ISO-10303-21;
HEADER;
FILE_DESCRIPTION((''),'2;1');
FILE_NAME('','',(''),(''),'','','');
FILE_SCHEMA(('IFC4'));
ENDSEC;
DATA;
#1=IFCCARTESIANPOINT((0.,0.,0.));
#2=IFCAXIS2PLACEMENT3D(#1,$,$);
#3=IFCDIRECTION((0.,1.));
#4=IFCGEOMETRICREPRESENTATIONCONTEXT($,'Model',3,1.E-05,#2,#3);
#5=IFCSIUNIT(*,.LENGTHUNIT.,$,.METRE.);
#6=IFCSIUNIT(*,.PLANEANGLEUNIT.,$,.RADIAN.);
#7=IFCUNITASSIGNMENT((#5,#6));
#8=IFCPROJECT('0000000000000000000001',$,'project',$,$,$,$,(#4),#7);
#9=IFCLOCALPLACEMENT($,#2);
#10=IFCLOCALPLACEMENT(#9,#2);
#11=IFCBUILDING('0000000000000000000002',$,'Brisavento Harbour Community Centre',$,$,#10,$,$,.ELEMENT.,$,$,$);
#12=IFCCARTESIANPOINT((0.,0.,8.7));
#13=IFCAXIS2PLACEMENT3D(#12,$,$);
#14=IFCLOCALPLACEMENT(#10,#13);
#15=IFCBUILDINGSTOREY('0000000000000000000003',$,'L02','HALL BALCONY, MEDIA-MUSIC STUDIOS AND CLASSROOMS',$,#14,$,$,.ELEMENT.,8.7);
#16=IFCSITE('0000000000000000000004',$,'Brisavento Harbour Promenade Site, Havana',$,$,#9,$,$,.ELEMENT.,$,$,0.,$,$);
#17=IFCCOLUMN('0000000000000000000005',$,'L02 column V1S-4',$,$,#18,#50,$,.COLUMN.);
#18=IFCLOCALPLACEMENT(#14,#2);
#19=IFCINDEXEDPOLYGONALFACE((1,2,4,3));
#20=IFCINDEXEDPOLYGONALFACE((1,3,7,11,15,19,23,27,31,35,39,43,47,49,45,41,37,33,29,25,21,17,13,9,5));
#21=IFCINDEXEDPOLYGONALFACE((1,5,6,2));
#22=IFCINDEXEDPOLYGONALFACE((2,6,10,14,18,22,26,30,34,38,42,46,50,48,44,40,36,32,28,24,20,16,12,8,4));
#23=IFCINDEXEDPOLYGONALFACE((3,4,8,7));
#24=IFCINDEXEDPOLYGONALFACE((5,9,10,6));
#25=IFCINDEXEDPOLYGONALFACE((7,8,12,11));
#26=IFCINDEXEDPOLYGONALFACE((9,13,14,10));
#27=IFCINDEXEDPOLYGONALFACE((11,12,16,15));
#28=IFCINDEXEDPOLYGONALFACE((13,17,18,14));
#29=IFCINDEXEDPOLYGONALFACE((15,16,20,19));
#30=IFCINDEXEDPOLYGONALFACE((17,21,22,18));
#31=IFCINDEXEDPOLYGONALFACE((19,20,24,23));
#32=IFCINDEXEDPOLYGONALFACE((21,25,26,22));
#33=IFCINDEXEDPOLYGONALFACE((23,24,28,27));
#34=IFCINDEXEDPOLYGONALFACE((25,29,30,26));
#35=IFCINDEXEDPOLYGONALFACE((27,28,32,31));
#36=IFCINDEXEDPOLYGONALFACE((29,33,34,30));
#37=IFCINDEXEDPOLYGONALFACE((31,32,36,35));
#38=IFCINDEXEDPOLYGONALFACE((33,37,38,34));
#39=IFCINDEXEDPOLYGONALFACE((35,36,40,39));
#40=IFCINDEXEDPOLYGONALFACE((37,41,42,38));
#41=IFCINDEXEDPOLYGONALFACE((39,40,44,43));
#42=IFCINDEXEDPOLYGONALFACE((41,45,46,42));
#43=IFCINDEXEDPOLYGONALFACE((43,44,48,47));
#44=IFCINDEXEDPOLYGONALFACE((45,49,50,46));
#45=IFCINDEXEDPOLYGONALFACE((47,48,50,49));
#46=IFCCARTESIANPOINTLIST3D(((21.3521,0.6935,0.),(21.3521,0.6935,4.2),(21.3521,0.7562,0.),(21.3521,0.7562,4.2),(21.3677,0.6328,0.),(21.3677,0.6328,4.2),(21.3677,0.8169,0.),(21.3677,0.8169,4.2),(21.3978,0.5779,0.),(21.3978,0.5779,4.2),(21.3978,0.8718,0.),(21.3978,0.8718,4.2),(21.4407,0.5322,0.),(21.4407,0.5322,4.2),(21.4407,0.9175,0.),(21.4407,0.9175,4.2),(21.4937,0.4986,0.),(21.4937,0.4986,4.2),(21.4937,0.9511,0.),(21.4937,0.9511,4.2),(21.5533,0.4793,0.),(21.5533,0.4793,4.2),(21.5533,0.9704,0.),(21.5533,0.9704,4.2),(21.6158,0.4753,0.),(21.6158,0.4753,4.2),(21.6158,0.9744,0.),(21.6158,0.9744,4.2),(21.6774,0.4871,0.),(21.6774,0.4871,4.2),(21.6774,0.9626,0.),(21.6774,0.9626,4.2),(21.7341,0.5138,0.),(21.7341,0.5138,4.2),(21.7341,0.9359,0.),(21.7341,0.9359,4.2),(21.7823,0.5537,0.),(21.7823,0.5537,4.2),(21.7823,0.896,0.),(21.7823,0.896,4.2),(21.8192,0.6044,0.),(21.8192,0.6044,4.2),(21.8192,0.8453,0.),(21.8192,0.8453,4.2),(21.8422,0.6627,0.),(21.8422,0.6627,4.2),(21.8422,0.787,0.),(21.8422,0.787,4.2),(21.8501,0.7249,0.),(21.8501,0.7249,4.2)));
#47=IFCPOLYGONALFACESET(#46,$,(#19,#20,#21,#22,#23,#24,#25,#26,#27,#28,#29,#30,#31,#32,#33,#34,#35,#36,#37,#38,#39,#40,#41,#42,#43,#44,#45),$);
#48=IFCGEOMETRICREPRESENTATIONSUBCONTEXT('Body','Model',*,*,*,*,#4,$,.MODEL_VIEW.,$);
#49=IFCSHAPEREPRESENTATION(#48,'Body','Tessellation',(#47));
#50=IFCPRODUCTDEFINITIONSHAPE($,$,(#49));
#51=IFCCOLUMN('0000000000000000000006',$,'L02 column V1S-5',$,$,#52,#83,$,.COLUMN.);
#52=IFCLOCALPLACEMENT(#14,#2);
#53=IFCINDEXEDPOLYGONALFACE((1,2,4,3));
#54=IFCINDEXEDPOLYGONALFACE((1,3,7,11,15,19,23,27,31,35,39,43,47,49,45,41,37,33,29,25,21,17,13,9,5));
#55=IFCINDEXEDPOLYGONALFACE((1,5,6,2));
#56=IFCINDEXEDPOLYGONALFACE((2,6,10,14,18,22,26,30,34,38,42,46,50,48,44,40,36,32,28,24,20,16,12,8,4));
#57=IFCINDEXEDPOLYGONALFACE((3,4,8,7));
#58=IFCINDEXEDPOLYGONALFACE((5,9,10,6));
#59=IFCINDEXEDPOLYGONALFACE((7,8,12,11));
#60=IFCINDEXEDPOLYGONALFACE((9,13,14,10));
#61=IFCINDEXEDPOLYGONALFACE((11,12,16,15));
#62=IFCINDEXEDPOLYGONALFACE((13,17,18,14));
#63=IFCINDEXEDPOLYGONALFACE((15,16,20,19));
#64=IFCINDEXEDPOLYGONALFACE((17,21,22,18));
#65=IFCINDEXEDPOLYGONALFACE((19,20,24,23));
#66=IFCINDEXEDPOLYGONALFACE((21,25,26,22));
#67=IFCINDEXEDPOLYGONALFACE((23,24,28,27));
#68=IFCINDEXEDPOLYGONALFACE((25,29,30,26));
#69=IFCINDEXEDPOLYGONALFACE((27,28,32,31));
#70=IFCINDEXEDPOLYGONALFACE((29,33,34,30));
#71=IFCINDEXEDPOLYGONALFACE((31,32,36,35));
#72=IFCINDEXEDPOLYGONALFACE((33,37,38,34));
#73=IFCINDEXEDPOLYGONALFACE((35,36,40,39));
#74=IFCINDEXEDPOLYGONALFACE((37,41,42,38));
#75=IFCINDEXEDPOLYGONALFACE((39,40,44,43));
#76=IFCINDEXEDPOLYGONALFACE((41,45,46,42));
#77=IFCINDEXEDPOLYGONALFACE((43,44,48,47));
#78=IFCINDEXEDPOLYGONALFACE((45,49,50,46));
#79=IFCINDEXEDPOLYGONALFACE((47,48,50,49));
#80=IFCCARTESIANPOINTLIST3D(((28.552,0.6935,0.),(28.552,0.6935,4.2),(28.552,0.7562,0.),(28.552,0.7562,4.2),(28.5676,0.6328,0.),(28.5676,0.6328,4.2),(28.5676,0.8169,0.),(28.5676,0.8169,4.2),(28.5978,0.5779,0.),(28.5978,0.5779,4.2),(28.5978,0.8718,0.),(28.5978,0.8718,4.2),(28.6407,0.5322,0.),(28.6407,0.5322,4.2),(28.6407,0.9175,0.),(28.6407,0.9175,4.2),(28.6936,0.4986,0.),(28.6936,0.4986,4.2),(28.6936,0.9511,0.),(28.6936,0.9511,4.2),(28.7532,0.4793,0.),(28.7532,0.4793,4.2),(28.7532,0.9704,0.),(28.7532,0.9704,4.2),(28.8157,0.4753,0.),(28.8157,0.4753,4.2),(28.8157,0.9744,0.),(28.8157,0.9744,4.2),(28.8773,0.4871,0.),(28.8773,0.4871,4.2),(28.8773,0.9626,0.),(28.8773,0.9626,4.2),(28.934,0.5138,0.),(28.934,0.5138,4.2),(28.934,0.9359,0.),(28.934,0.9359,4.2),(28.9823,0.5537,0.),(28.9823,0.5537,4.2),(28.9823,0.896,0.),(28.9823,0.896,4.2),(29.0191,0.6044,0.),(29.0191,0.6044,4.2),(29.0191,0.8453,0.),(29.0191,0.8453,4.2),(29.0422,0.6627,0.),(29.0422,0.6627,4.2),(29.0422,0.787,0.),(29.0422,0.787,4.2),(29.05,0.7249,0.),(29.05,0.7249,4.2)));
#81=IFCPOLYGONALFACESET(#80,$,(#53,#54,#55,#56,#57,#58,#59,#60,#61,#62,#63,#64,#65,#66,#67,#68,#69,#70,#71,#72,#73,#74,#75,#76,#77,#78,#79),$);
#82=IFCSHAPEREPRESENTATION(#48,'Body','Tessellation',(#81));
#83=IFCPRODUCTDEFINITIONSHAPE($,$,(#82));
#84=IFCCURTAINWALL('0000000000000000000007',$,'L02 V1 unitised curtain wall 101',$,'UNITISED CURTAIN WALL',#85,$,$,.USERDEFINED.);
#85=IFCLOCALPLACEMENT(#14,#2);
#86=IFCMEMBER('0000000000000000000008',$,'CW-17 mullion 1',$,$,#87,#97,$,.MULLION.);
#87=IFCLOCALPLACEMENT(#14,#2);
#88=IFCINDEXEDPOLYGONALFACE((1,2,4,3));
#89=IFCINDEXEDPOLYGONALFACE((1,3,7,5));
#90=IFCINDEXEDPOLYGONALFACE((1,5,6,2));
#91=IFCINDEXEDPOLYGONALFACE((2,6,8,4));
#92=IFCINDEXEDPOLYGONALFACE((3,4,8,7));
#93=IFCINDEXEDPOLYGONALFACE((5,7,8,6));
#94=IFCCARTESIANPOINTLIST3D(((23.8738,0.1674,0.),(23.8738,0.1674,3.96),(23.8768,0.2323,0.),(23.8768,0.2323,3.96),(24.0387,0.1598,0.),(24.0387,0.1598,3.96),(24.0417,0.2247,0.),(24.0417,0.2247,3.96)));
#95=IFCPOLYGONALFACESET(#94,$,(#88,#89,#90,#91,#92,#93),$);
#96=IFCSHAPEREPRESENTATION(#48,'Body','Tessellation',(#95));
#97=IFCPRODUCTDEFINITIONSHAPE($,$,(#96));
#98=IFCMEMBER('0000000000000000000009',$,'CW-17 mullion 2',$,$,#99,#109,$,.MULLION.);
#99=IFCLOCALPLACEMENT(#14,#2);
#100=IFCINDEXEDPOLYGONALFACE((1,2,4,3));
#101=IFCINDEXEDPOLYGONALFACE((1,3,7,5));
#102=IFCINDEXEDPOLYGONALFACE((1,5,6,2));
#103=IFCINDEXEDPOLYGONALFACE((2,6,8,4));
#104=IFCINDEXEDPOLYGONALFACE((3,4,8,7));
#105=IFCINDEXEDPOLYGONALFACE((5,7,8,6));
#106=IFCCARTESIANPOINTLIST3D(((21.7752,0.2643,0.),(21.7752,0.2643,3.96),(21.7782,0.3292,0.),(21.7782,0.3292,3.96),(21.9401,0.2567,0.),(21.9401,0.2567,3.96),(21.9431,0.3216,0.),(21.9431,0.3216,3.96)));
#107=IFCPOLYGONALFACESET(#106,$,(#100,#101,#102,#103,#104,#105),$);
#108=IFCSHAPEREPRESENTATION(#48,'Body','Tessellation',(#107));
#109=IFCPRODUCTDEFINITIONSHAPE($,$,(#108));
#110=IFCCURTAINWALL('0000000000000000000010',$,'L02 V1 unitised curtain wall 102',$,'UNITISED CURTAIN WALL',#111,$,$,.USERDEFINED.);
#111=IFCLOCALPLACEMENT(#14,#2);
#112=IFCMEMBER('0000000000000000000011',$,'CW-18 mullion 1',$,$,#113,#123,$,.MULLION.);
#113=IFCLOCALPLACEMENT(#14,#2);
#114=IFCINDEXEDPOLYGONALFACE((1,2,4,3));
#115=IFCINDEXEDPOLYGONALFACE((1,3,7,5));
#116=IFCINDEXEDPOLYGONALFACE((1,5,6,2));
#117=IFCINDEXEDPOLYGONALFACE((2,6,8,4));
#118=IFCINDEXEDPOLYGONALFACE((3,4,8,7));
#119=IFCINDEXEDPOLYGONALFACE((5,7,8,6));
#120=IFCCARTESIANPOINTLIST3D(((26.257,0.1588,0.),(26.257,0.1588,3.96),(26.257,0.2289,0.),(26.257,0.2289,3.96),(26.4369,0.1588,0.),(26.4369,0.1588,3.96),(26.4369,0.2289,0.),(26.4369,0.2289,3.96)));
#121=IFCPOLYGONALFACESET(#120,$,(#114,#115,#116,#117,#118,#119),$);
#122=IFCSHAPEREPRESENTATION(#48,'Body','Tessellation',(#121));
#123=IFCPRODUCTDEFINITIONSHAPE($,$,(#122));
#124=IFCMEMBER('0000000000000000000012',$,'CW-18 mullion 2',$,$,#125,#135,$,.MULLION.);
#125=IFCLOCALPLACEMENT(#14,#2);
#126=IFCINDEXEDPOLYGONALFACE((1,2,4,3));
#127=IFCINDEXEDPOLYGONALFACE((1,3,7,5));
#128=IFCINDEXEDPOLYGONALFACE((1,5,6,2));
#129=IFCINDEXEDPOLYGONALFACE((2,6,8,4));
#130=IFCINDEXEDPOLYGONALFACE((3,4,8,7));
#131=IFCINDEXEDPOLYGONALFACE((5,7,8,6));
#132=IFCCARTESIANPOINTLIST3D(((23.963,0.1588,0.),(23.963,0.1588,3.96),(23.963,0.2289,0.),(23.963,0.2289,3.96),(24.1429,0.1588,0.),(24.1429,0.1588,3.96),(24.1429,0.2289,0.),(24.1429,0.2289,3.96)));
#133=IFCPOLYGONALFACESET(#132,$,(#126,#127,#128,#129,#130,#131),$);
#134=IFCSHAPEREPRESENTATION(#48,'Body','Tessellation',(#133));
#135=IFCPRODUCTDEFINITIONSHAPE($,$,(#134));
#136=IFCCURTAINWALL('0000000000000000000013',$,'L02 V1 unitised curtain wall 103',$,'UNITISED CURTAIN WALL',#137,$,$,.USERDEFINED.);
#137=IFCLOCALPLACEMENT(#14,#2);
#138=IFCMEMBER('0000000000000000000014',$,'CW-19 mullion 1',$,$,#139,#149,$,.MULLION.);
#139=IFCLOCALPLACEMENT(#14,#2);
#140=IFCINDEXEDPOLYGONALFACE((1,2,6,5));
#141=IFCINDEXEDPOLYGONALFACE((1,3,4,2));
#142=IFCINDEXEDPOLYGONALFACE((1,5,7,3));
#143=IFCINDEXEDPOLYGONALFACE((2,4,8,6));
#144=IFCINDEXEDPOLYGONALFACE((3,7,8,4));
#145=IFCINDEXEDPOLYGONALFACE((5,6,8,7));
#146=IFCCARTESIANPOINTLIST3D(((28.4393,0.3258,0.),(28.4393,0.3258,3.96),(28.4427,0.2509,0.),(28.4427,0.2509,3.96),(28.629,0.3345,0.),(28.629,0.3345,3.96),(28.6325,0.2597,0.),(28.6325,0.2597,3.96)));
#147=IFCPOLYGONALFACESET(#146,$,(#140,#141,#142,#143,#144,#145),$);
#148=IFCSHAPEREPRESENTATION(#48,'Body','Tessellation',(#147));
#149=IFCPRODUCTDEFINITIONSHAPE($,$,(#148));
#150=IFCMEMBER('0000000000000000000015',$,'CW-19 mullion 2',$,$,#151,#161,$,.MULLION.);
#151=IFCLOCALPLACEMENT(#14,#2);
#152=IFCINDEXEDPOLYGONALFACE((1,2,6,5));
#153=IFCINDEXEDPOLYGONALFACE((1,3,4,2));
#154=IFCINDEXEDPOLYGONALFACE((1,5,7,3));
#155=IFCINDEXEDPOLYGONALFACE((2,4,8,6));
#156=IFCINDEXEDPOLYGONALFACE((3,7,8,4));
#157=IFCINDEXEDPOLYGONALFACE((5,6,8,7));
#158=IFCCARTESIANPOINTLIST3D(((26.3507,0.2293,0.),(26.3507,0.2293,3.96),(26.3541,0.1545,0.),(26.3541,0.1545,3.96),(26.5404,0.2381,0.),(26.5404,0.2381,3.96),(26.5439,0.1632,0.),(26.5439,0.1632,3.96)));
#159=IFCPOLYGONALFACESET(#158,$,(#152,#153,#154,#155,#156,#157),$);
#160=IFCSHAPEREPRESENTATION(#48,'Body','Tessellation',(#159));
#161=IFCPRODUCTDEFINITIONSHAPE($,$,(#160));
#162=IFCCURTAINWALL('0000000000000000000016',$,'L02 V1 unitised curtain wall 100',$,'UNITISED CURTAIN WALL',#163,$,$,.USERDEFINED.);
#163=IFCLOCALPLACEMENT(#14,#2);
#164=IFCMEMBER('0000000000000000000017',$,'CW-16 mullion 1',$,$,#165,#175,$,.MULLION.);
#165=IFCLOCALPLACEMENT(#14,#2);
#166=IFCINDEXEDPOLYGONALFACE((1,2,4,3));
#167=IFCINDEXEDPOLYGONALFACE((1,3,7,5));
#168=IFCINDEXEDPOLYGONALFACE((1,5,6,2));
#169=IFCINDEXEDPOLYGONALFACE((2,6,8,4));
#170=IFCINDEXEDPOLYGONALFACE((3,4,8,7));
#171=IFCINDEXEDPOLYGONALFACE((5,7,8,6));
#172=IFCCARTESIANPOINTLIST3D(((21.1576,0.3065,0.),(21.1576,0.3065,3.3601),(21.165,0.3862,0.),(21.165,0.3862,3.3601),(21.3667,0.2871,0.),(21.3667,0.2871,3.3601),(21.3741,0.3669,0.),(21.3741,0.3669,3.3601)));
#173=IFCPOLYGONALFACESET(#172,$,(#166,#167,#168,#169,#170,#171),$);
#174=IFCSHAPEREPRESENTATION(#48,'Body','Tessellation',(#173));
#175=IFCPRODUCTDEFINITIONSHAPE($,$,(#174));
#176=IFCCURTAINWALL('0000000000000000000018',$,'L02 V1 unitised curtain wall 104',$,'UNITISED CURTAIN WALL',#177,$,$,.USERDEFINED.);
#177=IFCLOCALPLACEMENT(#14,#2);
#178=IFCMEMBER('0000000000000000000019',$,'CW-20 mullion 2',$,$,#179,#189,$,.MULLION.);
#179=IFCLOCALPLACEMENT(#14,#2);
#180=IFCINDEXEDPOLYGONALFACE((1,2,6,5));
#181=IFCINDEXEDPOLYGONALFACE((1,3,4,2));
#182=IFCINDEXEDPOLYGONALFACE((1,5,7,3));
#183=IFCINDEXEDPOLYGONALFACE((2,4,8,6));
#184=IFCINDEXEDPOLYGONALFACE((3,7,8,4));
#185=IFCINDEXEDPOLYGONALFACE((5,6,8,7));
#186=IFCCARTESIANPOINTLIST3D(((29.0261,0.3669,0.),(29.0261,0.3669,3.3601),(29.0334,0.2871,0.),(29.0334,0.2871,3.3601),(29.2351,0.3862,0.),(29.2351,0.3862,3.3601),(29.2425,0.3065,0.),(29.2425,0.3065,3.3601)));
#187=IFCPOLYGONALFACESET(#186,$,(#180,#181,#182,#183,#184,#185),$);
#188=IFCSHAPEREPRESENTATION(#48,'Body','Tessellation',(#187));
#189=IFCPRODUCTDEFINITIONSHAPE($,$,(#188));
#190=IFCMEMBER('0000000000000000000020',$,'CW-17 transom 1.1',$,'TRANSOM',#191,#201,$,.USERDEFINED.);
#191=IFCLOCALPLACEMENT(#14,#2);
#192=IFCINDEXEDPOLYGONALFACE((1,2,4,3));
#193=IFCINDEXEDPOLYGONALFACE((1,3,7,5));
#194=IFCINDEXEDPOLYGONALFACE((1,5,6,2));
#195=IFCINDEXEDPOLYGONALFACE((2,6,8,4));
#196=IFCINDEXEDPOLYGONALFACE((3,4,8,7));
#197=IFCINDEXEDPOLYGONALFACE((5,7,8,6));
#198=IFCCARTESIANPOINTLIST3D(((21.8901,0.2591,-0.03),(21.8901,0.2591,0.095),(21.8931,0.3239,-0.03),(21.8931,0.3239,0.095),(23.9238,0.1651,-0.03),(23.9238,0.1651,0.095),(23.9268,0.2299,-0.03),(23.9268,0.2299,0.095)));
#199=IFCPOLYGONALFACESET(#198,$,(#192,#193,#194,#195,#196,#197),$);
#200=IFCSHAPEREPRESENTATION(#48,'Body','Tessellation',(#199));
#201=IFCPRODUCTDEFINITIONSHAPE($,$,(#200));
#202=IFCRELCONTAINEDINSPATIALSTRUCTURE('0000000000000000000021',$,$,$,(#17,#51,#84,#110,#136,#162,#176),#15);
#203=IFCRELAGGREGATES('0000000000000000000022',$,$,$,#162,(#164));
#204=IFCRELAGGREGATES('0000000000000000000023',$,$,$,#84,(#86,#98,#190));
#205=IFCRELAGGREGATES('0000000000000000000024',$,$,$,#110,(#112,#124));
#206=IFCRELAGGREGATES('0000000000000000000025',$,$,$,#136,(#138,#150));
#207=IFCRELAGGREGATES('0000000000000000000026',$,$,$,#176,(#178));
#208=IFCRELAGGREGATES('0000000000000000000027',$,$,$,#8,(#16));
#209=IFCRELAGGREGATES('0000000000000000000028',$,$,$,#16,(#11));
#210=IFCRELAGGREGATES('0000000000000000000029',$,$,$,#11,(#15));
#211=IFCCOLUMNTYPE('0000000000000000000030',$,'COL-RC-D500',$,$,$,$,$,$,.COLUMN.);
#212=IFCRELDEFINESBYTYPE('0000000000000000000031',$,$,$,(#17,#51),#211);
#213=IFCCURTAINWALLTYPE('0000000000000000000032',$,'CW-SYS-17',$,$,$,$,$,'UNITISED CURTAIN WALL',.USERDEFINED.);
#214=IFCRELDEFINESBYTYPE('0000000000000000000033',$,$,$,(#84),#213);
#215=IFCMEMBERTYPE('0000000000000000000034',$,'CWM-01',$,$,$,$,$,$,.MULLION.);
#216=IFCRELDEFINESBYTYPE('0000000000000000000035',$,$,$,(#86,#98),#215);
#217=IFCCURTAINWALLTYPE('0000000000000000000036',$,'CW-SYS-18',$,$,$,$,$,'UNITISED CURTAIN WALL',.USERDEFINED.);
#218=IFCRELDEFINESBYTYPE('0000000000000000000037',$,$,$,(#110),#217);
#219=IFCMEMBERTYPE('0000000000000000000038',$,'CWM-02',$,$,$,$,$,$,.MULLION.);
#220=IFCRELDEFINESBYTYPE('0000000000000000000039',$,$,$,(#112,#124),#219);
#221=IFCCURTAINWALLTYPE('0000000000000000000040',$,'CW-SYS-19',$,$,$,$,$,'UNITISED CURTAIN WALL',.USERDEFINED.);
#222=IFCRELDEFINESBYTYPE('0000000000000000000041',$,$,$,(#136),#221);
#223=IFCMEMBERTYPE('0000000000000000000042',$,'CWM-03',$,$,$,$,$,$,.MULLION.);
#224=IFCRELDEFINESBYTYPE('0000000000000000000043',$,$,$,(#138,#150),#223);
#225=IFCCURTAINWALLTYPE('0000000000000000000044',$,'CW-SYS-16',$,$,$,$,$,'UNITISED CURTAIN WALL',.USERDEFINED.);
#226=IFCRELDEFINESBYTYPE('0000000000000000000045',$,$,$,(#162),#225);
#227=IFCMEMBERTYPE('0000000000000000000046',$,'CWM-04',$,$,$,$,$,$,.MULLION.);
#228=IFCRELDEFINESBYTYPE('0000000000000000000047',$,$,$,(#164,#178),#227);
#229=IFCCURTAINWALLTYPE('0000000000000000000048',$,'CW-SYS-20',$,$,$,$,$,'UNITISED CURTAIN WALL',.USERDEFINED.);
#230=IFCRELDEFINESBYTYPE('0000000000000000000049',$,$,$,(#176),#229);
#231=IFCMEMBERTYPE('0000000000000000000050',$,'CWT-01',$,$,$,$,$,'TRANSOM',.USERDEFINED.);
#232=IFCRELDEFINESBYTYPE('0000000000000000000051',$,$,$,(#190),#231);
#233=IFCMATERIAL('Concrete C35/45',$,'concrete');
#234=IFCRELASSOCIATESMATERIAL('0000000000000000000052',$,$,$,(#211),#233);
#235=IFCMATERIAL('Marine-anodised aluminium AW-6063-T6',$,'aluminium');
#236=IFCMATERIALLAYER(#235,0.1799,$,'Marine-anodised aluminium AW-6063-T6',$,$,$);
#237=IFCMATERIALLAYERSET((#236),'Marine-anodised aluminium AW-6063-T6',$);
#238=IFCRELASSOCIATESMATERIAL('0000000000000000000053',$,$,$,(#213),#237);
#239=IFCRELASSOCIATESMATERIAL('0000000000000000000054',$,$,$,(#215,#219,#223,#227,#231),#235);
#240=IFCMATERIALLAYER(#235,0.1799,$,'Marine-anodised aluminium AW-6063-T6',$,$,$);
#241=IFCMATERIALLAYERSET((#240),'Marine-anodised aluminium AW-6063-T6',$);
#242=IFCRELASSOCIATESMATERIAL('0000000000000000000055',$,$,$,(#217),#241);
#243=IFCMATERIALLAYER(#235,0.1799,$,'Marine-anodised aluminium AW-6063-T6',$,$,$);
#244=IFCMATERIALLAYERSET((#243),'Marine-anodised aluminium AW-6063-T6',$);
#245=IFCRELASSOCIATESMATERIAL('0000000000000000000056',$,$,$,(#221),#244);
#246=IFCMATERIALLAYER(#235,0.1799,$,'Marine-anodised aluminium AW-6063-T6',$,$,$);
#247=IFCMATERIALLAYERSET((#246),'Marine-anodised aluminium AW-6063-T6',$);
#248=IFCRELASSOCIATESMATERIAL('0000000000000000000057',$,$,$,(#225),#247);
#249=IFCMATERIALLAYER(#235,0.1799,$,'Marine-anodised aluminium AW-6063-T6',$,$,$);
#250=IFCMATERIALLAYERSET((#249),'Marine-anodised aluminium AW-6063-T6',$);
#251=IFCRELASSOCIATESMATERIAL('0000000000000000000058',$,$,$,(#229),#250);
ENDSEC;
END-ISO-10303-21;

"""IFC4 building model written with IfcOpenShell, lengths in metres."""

from ifc_helpers import new_model, si_unit, direction, frame, origin, origin_2d, place, context, subcontext, project, spatial, rectangle, circle, extrude, material, layer, layer_set, material_profile, profile_set, type_object, element, aggregate, save


model = new_model("IFC4")

# Units and contexts
model_context = context("Model", 3, precision=1e-05, world=origin(), true_north=direction((0.0, 1.0)))
body_context = subcontext(model_context, "Body", "Model", "MODEL_VIEW")
ifc_project = project(units=[si_unit("LENGTHUNIT", "METRE"), si_unit("PLANEANGLEUNIT", "RADIAN")], contexts=[model_context])

# Site, building, storey
site_placement = place(None, origin())
site = spatial("IfcSite", under=ifc_project, at=site_placement, Name="Brisavento Harbour Promenade Site, Havana", CompositionType="ELEMENT", RefElevation=0.0)
building_placement = place(site_placement, origin())
building = spatial("IfcBuilding", under=site, at=building_placement, Name="Brisavento Harbour Community Centre", CompositionType="ELEMENT")
storey_placement = place(building_placement, frame((0.0, 0.0, 8.7)))
storey = spatial("IfcBuildingStorey", under=building, at=storey_placement, Name="L02", Description="HALL BALCONY, MEDIA-MUSIC STUDIOS AND CLASSROOMS", CompositionType="ELEMENT", Elevation=8.7)

# Columns
ifc_material_1 = material(Name="Concrete C35/45", Category="concrete")
ifc_material_profile_1 = material_profile(ifc_material_1, circle(Radius=0.25, at=origin_2d()), Name="Concrete C35/45")
ifc_profile_set_1 = profile_set([ifc_material_profile_1], Name="Concrete C35/45")
column_type = type_object("IfcColumnType", Name="COL-RC-D500", PredefinedType="COLUMN", material=ifc_profile_set_1)
for number, where, z_axis, x_axis, name in (
    (1, (21.6001, 0.7249, 0.0), (0.0, 0.0, 1.0), (1.0, 0.0, 0.0), "L02 column V1S-4"),
    (2, (28.8, 0.7249, 0.0), (0.0, 0.0, 1.0), (1.0, 0.0, 0.0), "L02 column V1S-5"),
):
    element("IfcColumn", number, at=place(storey_placement, frame(where, z_axis=z_axis, x_axis=x_axis)), inside=storey, type_object=column_type, Name=name, PredefinedType="COLUMN", context=body_context, shape_type="SweptSolid", body=[
        extrude(circle(Radius=0.25, at=origin_2d()), origin(), (0.0, 0.0, 1.0), 4.2),
    ])

# Curtain walls, members
ifc_material_2 = material(Name="Marine-anodised aluminium AW-6063-T6", Category="aluminium")
ifc_layer_1 = layer(ifc_material_2, 0.1799, Name="Marine-anodised aluminium AW-6063-T6")
ifc_layer_set_1 = layer_set([ifc_layer_1], Name="Marine-anodised aluminium AW-6063-T6")
curtain_wall_type_1 = type_object("IfcCurtainWallType", Name="CW-SYS-17", ElementType="UNITISED CURTAIN WALL", PredefinedType="USERDEFINED", material=ifc_layer_set_1)
curtain_wall_1_placement = place(storey_placement, origin())
curtain_wall_1 = element("IfcCurtainWall", 3, at=curtain_wall_1_placement, inside=storey, type_object=curtain_wall_type_1, Name="L02 V1 unitised curtain wall 101", ObjectType="UNITISED CURTAIN WALL", PredefinedType="USERDEFINED")
ifc_material_profile_2 = material_profile(ifc_material_2, rectangle(XDim=0.0649, YDim=0.165, at=origin_2d()), Name="Marine-anodised aluminium AW-6063-T6")
ifc_profile_set_2 = profile_set([ifc_material_profile_2], Name="Marine-anodised aluminium AW-6063-T6")
member_type_1 = type_object("IfcMemberType", Name="CWM-01", PredefinedType="MULLION", material=ifc_profile_set_2)
member_1_placement = place(storey_placement, frame((23.9578, 0.196, 0.0), z_axis=(0.0, 0.0, 1.0), x_axis=(-0.046168, -0.998934, 0.0)))
member_1 = element("IfcMember", 4, at=member_1_placement, type_object=member_type_1, Name="CW-17 mullion 1", PredefinedType="MULLION", context=body_context, shape_type="SweptSolid", body=[
    extrude(rectangle(XDim=0.0649, YDim=0.165, at=origin_2d()), origin(), (0.0, 0.0, 1.0), 3.96),
])
member_2_placement = place(storey_placement, frame((21.8591, 0.293, 0.0), z_axis=(0.0, 0.0, 1.0), x_axis=(-0.046168, -0.998934, 0.0)))
member_2 = element("IfcMember", 5, at=member_2_placement, type_object=member_type_1, Name="CW-17 mullion 2", PredefinedType="MULLION", context=body_context, shape_type="SweptSolid", body=[
    extrude(rectangle(XDim=0.0649, YDim=0.165, at=origin_2d()), origin(), (0.0, 0.0, 1.0), 3.96),
])
ifc_layer_2 = layer(ifc_material_2, 0.1799, Name="Marine-anodised aluminium AW-6063-T6")
ifc_layer_set_2 = layer_set([ifc_layer_2], Name="Marine-anodised aluminium AW-6063-T6")
curtain_wall_type_2 = type_object("IfcCurtainWallType", Name="CW-SYS-18", ElementType="UNITISED CURTAIN WALL", PredefinedType="USERDEFINED", material=ifc_layer_set_2)
curtain_wall_2_placement = place(storey_placement, origin())
curtain_wall_2 = element("IfcCurtainWall", 6, at=curtain_wall_2_placement, inside=storey, type_object=curtain_wall_type_2, Name="L02 V1 unitised curtain wall 102", ObjectType="UNITISED CURTAIN WALL", PredefinedType="USERDEFINED")
ifc_material_profile_3 = material_profile(ifc_material_2, rectangle(XDim=0.0701, YDim=0.1799, at=origin_2d()), Name="Marine-anodised aluminium AW-6063-T6")
ifc_profile_set_3 = profile_set([ifc_material_profile_3], Name="Marine-anodised aluminium AW-6063-T6")
member_type_2 = type_object("IfcMemberType", Name="CWM-02", PredefinedType="MULLION", material=ifc_profile_set_3)
member_3_placement = place(storey_placement, frame((26.3469, 0.1938, 0.0), z_axis=(0.0, 0.0, 1.0), x_axis=(0.0, -1.0, 0.0)))
member_3 = element("IfcMember", 7, at=member_3_placement, type_object=member_type_2, Name="CW-18 mullion 1", PredefinedType="MULLION", context=body_context, shape_type="SweptSolid", body=[
    extrude(rectangle(XDim=0.0701, YDim=0.1799, at=origin_2d()), origin(), (0.0, 0.0, 1.0), 3.96),
])
member_4_placement = place(storey_placement, frame((24.053, 0.1938, 0.0), z_axis=(0.0, 0.0, 1.0), x_axis=(0.0, -1.0, 0.0)))
member_4 = element("IfcMember", 8, at=member_4_placement, type_object=member_type_2, Name="CW-18 mullion 2", PredefinedType="MULLION", context=body_context, shape_type="SweptSolid", body=[
    extrude(rectangle(XDim=0.0701, YDim=0.1799, at=origin_2d()), origin(), (0.0, 0.0, 1.0), 3.96),
])
ifc_layer_3 = layer(ifc_material_2, 0.1799, Name="Marine-anodised aluminium AW-6063-T6")
ifc_layer_set_3 = layer_set([ifc_layer_3], Name="Marine-anodised aluminium AW-6063-T6")
curtain_wall_type_3 = type_object("IfcCurtainWallType", Name="CW-SYS-19", ElementType="UNITISED CURTAIN WALL", PredefinedType="USERDEFINED", material=ifc_layer_set_3)
curtain_wall_3_placement = place(storey_placement, origin())
curtain_wall_3 = element("IfcCurtainWall", 9, at=curtain_wall_3_placement, inside=storey, type_object=curtain_wall_type_3, Name="L02 V1 unitised curtain wall 103", ObjectType="UNITISED CURTAIN WALL", PredefinedType="USERDEFINED")
ifc_material_profile_4 = material_profile(ifc_material_2, rectangle(XDim=0.075, YDim=0.1899, at=origin_2d()), Name="Marine-anodised aluminium AW-6063-T6")
ifc_profile_set_4 = profile_set([ifc_material_profile_4], Name="Marine-anodised aluminium AW-6063-T6")
member_type_3 = type_object("IfcMemberType", Name="CWM-03", PredefinedType="MULLION", material=ifc_profile_set_4)
member_5_placement = place(storey_placement, frame((28.5359, 0.2927, 0.0), z_axis=(0.0, 0.0, 1.0), x_axis=(0.046168, -0.998934, 0.0)))
member_5 = element("IfcMember", 10, at=member_5_placement, type_object=member_type_3, Name="CW-19 mullion 1", PredefinedType="MULLION", context=body_context, shape_type="SweptSolid", body=[
    extrude(rectangle(XDim=0.075, YDim=0.1899, at=origin_2d()), origin(), (0.0, 0.0, 1.0), 3.96),
])
member_6_placement = place(storey_placement, frame((26.4473, 0.1963, 0.0), z_axis=(0.0, 0.0, 1.0), x_axis=(0.046168, -0.998934, 0.0)))
member_6 = element("IfcMember", 11, at=member_6_placement, type_object=member_type_3, Name="CW-19 mullion 2", PredefinedType="MULLION", context=body_context, shape_type="SweptSolid", body=[
    extrude(rectangle(XDim=0.075, YDim=0.1899, at=origin_2d()), origin(), (0.0, 0.0, 1.0), 3.96),
])

# Curtain walls, members
ifc_layer_4 = layer(ifc_material_2, 0.1799, Name="Marine-anodised aluminium AW-6063-T6")
ifc_layer_set_4 = layer_set([ifc_layer_4], Name="Marine-anodised aluminium AW-6063-T6")
curtain_wall_type_4 = type_object("IfcCurtainWallType", Name="CW-SYS-16", ElementType="UNITISED CURTAIN WALL", PredefinedType="USERDEFINED", material=ifc_layer_set_4)
curtain_wall_4_placement = place(storey_placement, origin())
curtain_wall_4 = element("IfcCurtainWall", 12, at=curtain_wall_4_placement, inside=storey, type_object=curtain_wall_type_4, Name="L02 V1 unitised curtain wall 100", ObjectType="UNITISED CURTAIN WALL", PredefinedType="USERDEFINED")
ifc_material_profile_5 = material_profile(ifc_material_2, rectangle(XDim=0.0801, YDim=0.21, at=origin_2d()), Name="Marine-anodised aluminium AW-6063-T6")
ifc_profile_set_5 = profile_set([ifc_material_profile_5], Name="Marine-anodised aluminium AW-6063-T6")
member_type_4 = type_object("IfcMemberType", Name="CWM-04", PredefinedType="MULLION", material=ifc_profile_set_5)
member_7_placement = place(storey_placement, frame((21.2659, 0.3367, 0.0), z_axis=(0.0, 0.0, 1.0), x_axis=(-0.092261, -0.995735, 0.0)))
member_7 = element("IfcMember", 13, at=member_7_placement, type_object=member_type_4, Name="CW-16 mullion 1", PredefinedType="MULLION", context=body_context, shape_type="SweptSolid", body=[
    extrude(rectangle(XDim=0.0801, YDim=0.21, at=origin_2d()), origin(), (0.0, 0.0, 1.0), 3.3601),
])
ifc_layer_5 = layer(ifc_material_2, 0.1799, Name="Marine-anodised aluminium AW-6063-T6")
ifc_layer_set_5 = layer_set([ifc_layer_5], Name="Marine-anodised aluminium AW-6063-T6")
curtain_wall_type_5 = type_object("IfcCurtainWallType", Name="CW-SYS-20", ElementType="UNITISED CURTAIN WALL", PredefinedType="USERDEFINED", material=ifc_layer_set_5)
curtain_wall_5_placement = place(storey_placement, origin())
curtain_wall_5 = element("IfcCurtainWall", 14, at=curtain_wall_5_placement, inside=storey, type_object=curtain_wall_type_5, Name="L02 V1 unitised curtain wall 104", ObjectType="UNITISED CURTAIN WALL", PredefinedType="USERDEFINED")
member_8_placement = place(storey_placement, frame((29.1343, 0.3367, 0.0), z_axis=(0.0, 0.0, 1.0), x_axis=(0.092261, -0.995735, 0.0)))
member_8 = element("IfcMember", 15, at=member_8_placement, type_object=member_type_4, Name="CW-20 mullion 2", PredefinedType="MULLION", context=body_context, shape_type="SweptSolid", body=[
    extrude(rectangle(XDim=0.0801, YDim=0.21, at=origin_2d()), origin(), (0.0, 0.0, 1.0), 3.3601),
])

# Member
ifc_material_profile_6 = material_profile(ifc_material_2, rectangle(XDim=0.0649, YDim=0.125, at=origin_2d()), Name="Marine-anodised aluminium AW-6063-T6")
ifc_profile_set_6 = profile_set([ifc_material_profile_6], Name="Marine-anodised aluminium AW-6063-T6")
member_type_5 = type_object("IfcMemberType", Name="CWT-01", ElementType="TRANSOM", PredefinedType="USERDEFINED", material=ifc_profile_set_6)
member_9_placement = place(storey_placement, frame((23.9253, 0.1975, 0.0325), z_axis=(-0.998934, 0.046169, 0.0), x_axis=(-0.046169, -0.998934, 0.0)))
member_9 = element("IfcMember", 16, at=member_9_placement, type_object=member_type_5, Name="CW-17 transom 1.1", ObjectType="TRANSOM", PredefinedType="USERDEFINED", context=body_context, shape_type="SweptSolid", body=[
    extrude(rectangle(XDim=0.0649, YDim=0.125, at=origin_2d()), origin(), (0.0, 0.0, 1.0), 2.0359),
])
aggregate(curtain_wall_4, [member_7])

aggregate(curtain_wall_1, [member_1, member_2, member_9])
aggregate(curtain_wall_2, [member_3, member_4])
aggregate(curtain_wall_3, [member_5, member_6])
aggregate(curtain_wall_5, [member_8])

save(model, "model.ifc")
